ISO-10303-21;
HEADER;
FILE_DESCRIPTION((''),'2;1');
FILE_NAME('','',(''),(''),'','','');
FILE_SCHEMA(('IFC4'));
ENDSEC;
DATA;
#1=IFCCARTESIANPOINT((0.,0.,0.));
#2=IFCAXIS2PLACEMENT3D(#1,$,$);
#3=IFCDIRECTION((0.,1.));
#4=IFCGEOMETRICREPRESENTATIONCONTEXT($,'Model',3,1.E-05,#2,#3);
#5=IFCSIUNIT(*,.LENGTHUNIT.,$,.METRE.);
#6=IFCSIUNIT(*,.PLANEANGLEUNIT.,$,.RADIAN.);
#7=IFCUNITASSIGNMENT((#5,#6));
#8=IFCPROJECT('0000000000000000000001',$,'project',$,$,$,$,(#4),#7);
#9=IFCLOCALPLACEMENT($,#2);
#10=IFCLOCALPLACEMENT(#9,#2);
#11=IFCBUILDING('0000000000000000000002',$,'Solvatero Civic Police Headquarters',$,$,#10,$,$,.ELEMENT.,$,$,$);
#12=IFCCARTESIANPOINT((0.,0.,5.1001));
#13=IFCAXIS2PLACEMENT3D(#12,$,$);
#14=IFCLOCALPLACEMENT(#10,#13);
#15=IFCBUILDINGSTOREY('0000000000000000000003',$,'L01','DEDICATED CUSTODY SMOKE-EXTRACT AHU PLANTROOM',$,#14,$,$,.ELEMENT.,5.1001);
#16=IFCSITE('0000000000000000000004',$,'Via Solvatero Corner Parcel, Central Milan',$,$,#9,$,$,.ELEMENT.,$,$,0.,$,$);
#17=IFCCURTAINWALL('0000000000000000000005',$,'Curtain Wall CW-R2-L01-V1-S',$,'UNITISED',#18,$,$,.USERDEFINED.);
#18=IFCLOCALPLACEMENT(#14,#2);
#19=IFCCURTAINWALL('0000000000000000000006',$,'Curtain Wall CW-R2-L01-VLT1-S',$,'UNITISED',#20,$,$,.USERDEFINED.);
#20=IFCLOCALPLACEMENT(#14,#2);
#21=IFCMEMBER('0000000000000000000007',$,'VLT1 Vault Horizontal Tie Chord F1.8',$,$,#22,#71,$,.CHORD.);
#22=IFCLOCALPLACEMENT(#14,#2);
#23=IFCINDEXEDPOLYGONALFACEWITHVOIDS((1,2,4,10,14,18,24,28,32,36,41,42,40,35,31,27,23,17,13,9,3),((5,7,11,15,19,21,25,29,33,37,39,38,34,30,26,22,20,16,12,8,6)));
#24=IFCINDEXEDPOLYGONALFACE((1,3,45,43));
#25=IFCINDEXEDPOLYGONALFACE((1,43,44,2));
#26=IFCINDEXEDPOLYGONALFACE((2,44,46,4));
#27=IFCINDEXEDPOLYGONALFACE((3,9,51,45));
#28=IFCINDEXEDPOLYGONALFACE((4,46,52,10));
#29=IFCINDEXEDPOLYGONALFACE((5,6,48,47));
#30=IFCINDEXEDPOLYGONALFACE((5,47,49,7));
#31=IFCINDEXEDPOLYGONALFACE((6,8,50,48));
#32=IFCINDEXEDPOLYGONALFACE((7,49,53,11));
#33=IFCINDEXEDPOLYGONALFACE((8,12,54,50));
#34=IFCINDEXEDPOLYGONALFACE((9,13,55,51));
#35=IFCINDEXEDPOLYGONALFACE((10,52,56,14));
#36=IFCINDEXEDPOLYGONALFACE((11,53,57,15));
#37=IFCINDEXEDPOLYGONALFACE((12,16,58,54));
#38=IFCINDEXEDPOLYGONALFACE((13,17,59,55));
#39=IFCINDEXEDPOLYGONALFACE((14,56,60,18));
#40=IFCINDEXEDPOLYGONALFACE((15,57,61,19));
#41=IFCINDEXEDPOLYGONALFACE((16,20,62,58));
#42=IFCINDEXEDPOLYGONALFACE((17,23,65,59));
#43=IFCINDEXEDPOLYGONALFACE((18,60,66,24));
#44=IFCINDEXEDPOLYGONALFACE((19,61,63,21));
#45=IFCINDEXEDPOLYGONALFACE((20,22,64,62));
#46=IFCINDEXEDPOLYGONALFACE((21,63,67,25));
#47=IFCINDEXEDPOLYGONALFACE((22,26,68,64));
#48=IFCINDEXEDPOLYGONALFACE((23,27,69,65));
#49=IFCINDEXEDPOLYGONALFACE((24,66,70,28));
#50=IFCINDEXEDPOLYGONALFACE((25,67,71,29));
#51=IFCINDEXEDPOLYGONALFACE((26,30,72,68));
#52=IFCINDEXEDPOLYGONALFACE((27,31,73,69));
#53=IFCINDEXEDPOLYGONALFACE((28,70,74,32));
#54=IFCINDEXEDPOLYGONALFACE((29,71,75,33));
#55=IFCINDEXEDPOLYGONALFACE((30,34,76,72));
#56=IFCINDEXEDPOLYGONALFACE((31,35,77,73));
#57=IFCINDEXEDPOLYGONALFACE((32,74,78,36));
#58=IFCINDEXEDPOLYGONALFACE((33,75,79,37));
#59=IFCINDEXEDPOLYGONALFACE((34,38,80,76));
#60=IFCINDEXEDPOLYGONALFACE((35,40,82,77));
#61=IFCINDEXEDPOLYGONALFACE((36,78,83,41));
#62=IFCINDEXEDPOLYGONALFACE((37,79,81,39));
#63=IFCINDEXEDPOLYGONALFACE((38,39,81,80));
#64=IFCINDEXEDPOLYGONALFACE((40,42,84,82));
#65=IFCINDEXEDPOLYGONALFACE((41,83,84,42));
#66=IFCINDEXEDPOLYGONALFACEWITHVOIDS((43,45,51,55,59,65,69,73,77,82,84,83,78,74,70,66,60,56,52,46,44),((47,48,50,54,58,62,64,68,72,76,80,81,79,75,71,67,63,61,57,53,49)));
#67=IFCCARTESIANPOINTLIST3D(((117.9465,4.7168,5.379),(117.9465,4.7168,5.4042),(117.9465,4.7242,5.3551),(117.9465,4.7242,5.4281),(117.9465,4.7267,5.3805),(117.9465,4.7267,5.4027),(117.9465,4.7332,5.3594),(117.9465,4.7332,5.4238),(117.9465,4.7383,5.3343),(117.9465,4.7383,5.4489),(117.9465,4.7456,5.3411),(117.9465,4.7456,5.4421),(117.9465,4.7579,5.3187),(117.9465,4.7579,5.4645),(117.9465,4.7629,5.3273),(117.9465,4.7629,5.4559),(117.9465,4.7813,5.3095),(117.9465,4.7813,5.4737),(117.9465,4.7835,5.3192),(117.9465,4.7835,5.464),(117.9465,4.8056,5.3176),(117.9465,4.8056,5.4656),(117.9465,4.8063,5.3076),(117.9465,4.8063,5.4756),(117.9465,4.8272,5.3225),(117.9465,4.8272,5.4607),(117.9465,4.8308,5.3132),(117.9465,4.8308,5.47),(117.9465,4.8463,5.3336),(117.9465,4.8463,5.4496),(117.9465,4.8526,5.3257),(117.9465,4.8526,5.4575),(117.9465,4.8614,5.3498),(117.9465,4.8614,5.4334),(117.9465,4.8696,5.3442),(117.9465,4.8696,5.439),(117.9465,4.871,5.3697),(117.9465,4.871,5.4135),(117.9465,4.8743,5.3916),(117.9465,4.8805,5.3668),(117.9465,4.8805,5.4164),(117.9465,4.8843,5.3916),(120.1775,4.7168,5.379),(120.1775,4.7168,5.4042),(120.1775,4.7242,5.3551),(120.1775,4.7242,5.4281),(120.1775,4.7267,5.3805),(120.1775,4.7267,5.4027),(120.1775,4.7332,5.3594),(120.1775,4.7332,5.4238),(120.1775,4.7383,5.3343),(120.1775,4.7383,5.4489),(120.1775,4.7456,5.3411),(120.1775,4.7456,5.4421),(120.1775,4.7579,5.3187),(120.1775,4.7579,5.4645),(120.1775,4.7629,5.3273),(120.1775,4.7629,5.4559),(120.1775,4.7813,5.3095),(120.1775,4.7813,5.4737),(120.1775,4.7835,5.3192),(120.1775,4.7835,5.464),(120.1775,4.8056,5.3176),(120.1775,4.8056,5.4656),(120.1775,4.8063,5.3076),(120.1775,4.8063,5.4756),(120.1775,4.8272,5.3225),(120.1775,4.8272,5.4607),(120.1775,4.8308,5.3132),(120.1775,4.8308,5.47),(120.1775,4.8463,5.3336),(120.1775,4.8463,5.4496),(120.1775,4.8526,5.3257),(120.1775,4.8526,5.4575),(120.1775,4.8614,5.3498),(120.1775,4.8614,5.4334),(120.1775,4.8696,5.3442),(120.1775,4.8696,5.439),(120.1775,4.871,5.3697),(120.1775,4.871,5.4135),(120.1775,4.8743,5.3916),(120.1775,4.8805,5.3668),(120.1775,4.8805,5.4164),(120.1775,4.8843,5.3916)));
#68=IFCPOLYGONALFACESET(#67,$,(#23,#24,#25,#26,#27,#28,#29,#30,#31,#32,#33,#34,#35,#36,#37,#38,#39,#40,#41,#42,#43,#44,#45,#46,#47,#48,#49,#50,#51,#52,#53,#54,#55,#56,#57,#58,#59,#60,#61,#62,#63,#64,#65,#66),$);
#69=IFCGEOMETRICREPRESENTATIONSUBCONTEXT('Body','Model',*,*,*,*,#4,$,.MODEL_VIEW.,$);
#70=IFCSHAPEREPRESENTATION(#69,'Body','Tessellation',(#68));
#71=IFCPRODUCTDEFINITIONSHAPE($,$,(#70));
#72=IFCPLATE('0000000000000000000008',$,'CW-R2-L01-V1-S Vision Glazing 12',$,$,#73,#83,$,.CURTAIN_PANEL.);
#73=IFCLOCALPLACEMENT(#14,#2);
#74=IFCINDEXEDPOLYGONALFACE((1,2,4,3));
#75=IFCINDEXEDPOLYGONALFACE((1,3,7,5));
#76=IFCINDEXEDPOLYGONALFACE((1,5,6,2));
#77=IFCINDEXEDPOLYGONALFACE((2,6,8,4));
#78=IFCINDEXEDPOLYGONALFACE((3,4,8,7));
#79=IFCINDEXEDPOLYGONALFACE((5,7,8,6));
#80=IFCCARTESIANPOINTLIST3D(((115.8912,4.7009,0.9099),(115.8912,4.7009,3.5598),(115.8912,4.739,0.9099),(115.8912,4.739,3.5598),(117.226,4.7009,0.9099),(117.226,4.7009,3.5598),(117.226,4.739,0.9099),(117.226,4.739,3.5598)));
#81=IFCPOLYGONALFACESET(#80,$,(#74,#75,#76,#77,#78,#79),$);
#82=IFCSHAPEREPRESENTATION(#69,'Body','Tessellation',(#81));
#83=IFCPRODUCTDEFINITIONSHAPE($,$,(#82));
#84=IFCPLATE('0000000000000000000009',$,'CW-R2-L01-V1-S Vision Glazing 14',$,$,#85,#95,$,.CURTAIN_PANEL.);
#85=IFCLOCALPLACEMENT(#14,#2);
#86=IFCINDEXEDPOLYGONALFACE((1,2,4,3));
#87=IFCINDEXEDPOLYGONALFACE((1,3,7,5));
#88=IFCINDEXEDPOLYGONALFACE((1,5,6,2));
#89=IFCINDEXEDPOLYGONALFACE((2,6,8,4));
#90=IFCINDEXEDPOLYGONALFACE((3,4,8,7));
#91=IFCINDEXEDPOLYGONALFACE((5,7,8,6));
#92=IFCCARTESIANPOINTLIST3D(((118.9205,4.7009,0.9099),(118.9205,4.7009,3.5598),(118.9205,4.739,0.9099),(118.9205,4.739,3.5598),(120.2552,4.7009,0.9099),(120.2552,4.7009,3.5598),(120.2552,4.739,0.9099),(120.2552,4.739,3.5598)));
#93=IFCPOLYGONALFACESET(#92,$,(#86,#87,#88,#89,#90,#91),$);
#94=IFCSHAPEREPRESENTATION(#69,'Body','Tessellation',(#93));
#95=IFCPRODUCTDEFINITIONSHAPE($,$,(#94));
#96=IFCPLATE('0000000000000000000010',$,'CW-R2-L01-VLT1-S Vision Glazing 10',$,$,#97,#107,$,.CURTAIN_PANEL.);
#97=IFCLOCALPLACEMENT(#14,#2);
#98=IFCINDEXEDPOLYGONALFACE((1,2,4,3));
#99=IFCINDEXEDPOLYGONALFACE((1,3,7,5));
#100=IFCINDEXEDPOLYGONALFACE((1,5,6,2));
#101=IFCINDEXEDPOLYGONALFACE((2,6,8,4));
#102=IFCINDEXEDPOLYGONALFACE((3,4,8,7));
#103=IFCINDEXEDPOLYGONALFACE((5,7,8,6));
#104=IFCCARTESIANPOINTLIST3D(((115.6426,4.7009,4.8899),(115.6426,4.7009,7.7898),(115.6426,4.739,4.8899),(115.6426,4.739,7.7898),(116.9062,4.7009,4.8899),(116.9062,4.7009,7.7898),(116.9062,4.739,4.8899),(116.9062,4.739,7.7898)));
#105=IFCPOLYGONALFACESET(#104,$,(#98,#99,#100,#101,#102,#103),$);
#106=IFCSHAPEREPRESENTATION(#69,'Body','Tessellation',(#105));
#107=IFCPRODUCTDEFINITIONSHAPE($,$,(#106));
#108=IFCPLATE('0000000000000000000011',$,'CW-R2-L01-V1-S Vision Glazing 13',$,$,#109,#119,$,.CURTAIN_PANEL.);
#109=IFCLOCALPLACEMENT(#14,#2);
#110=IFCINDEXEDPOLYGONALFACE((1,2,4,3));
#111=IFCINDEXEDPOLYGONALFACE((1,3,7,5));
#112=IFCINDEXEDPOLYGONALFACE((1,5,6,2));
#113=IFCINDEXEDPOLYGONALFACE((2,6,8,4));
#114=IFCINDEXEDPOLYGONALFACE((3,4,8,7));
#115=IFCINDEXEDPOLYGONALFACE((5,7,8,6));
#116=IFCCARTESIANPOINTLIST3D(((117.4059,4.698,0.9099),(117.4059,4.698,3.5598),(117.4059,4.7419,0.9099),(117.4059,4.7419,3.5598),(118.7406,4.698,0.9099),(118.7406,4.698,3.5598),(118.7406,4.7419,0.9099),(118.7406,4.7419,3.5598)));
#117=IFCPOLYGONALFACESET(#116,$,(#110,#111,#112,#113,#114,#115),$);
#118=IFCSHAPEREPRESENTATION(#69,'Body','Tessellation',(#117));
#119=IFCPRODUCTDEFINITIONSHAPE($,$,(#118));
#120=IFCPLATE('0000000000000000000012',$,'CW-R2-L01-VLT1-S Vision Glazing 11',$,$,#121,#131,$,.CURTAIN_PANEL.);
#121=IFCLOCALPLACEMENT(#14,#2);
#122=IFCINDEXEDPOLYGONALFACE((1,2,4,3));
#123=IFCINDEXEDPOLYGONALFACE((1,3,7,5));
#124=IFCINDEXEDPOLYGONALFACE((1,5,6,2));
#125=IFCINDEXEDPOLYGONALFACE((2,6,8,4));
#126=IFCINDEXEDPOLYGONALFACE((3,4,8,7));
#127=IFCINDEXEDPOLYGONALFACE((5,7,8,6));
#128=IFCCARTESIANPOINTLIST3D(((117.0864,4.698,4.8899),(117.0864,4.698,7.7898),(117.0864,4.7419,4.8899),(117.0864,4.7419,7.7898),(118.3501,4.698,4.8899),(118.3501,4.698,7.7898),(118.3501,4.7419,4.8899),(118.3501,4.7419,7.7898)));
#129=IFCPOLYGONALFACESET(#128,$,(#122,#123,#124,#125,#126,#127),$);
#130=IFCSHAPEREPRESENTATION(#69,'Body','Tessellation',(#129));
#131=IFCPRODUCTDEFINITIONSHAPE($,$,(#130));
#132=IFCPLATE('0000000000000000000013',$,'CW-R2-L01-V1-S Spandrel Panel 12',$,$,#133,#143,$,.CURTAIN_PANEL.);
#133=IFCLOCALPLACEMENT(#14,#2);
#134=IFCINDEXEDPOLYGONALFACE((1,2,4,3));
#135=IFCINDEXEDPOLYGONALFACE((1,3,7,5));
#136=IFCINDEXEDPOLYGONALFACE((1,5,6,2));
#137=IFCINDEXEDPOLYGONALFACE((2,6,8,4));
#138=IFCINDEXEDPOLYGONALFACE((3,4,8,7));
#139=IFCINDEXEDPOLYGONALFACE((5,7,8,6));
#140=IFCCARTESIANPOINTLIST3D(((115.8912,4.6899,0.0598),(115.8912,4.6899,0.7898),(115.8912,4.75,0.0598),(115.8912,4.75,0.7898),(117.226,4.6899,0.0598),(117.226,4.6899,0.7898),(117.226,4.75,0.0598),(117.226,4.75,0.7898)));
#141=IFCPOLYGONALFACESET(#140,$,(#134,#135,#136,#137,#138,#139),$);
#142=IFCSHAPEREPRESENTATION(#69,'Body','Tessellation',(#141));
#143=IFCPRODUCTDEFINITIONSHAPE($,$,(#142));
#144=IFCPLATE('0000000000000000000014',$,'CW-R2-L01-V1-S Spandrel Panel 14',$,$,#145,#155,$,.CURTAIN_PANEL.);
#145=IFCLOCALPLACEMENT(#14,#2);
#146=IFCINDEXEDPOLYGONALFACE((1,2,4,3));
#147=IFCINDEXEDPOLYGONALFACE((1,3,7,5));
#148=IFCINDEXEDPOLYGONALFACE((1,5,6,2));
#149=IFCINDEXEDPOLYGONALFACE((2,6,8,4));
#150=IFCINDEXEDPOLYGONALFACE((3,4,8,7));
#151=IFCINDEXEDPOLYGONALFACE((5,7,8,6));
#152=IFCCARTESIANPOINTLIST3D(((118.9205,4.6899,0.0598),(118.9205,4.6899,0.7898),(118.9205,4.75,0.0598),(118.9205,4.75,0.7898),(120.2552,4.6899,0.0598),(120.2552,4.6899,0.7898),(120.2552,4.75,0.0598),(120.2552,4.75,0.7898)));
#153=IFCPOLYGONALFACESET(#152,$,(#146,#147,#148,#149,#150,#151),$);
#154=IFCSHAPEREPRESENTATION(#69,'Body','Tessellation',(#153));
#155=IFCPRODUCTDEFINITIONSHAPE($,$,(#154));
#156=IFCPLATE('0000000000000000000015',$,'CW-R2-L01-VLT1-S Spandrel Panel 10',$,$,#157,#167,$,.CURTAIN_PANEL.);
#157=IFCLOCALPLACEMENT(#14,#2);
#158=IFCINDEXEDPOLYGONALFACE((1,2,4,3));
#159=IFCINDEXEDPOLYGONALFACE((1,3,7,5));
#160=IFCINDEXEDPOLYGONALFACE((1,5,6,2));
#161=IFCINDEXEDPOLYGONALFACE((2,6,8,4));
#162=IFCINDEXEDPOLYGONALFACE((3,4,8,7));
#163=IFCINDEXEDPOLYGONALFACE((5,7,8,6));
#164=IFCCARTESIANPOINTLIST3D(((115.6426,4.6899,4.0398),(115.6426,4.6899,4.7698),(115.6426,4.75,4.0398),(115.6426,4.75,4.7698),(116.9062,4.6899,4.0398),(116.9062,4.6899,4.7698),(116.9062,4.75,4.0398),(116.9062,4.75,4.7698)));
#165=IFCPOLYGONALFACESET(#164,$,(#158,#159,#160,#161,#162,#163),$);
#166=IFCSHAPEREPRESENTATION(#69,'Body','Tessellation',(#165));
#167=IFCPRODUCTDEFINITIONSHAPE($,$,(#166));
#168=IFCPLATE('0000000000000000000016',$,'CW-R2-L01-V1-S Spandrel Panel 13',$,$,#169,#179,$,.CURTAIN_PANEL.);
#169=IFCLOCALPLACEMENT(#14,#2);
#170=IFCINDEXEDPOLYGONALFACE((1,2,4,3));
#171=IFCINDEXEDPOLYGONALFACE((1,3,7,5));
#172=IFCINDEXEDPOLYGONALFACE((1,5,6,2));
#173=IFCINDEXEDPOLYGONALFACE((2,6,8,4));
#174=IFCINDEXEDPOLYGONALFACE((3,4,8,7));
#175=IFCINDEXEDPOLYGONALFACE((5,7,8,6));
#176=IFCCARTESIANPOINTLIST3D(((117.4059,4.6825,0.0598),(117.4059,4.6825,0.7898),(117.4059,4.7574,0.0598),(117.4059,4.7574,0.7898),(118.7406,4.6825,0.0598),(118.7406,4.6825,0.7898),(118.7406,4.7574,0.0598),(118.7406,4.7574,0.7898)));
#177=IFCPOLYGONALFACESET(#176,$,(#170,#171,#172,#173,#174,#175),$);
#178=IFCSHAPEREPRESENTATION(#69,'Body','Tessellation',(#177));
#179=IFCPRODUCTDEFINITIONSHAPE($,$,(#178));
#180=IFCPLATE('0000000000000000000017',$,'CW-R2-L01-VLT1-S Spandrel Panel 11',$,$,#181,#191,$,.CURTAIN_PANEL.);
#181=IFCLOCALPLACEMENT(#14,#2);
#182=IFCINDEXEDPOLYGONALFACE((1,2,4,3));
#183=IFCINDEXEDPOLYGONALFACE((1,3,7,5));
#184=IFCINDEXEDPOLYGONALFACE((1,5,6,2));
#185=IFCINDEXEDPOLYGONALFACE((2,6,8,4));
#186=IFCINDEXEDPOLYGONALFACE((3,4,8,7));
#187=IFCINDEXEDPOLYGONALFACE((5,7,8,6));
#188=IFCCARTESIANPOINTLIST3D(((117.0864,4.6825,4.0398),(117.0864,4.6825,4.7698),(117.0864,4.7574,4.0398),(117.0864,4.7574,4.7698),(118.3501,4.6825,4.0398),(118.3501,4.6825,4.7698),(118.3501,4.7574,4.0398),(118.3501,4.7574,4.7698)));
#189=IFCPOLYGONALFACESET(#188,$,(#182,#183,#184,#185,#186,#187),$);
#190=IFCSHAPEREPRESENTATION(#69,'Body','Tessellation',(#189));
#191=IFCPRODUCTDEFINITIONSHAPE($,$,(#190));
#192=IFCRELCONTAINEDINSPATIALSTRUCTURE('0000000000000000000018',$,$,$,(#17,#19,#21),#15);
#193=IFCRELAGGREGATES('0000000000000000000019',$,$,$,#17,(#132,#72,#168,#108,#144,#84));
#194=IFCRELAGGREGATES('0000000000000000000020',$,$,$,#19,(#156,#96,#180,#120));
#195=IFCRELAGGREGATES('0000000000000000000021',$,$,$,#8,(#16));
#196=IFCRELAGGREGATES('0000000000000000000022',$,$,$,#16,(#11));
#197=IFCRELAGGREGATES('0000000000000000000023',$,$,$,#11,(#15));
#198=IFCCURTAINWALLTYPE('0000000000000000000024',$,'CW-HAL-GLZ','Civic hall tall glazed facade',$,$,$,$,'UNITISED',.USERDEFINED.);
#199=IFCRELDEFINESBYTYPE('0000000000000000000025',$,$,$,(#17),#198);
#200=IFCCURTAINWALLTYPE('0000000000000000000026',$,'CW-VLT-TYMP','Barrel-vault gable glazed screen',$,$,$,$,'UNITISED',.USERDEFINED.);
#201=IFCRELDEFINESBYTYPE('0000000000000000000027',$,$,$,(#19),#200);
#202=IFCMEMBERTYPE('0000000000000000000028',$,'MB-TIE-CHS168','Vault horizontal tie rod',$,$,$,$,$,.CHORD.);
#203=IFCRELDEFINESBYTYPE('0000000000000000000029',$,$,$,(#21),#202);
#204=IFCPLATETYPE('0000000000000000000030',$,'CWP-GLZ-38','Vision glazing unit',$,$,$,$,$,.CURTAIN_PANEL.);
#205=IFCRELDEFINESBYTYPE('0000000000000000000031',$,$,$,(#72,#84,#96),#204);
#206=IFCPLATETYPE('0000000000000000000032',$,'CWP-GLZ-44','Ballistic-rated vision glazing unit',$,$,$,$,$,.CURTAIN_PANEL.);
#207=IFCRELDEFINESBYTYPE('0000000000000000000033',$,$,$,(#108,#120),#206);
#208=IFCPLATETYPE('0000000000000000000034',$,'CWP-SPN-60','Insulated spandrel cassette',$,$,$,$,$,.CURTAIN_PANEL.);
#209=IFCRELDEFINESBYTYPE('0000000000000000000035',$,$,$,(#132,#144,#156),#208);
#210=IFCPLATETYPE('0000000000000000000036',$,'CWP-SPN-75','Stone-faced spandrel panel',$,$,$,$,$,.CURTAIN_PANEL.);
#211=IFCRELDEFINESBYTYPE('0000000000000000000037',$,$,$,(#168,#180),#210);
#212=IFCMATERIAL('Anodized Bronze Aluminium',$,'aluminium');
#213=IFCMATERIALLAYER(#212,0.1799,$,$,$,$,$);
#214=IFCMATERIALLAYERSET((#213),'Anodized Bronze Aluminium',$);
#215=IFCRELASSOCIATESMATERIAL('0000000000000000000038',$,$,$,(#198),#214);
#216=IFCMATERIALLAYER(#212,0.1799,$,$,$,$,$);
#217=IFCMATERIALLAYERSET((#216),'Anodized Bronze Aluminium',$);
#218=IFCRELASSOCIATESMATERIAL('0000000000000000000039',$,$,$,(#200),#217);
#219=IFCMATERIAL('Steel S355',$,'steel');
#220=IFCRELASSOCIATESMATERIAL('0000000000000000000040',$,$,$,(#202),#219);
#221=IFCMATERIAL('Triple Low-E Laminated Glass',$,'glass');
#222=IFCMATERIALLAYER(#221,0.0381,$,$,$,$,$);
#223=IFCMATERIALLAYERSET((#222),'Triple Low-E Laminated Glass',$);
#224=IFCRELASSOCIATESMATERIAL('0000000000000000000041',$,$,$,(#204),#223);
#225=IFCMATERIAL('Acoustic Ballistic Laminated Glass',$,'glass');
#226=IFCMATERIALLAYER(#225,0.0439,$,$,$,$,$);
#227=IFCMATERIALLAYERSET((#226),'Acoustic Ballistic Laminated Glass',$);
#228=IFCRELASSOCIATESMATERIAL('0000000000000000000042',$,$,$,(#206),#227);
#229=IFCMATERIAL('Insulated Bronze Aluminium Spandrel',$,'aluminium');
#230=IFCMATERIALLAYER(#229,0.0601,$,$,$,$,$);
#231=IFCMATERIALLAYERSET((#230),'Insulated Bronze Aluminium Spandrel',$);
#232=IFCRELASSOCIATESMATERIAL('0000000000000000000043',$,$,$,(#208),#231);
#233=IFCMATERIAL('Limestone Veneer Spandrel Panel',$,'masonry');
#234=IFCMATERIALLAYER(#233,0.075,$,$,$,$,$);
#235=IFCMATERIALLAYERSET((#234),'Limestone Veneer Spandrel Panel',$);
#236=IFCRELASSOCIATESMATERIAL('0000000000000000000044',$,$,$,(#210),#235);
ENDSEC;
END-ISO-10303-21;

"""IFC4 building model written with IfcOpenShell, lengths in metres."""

from ifc_helpers import new_model, si_unit, direction, frame, origin, origin_2d, place, context, subcontext, project, spatial, rectangle, hollow_circle, extrude, material, layer, layer_set, material_profile, profile_set, type_object, element, aggregate, save


model = new_model("IFC4")

# Units and contexts
model_context = context("Model", 3, precision=1e-05, world=origin(), true_north=direction((0.0, 1.0)))
body_context = subcontext(model_context, "Body", "Model", "MODEL_VIEW")
ifc_project = project(units=[si_unit("LENGTHUNIT", "METRE"), si_unit("PLANEANGLEUNIT", "RADIAN")], contexts=[model_context])

# Site, building, storey
site_placement = place(None, origin())
site = spatial("IfcSite", under=ifc_project, at=site_placement, Name="Via Solvatero Corner Parcel, Central Milan", CompositionType="ELEMENT", RefElevation=0.0)
building_placement = place(site_placement, origin())
building = spatial("IfcBuilding", under=site, at=building_placement, Name="Solvatero Civic Police Headquarters", CompositionType="ELEMENT")
storey_placement = place(building_placement, frame((0.0, 0.0, 5.1001)))
storey = spatial("IfcBuildingStorey", under=building, at=storey_placement, Name="L01", Description="DEDICATED CUSTODY SMOKE-EXTRACT AHU PLANTROOM", CompositionType="ELEMENT", Elevation=5.1001)

# Shared definitions
ifc_material_1 = material(Name="Steel S355", Category="steel")

# Curtain walls
ifc_material_2 = material(Name="Anodized Bronze Aluminium", Category="aluminium")
ifc_layer_1 = layer(ifc_material_2, 0.1799)
ifc_layer_set_1 = layer_set([ifc_layer_1], Name="Anodized Bronze Aluminium")
curtain_wall_type_1 = type_object("IfcCurtainWallType", Name="CW-HAL-GLZ", Description="Civic hall tall glazed facade", ElementType="UNITISED", PredefinedType="USERDEFINED", material=ifc_layer_set_1)
curtain_wall_1_placement = place(storey_placement, origin())
curtain_wall_1 = element("IfcCurtainWall", 1, at=curtain_wall_1_placement, inside=storey, type_object=curtain_wall_type_1, Name="Curtain Wall CW-R2-L01-V1-S", ObjectType="UNITISED", PredefinedType="USERDEFINED")
ifc_layer_2 = layer(ifc_material_2, 0.1799)
ifc_layer_set_2 = layer_set([ifc_layer_2], Name="Anodized Bronze Aluminium")
curtain_wall_type_2 = type_object("IfcCurtainWallType", Name="CW-VLT-TYMP", Description="Barrel-vault gable glazed screen", ElementType="UNITISED", PredefinedType="USERDEFINED", material=ifc_layer_set_2)
curtain_wall_2_placement = place(storey_placement, origin())
curtain_wall_2 = element("IfcCurtainWall", 2, at=curtain_wall_2_placement, inside=storey, type_object=curtain_wall_type_2, Name="Curtain Wall CW-R2-L01-VLT1-S", ObjectType="UNITISED", PredefinedType="USERDEFINED")

# Member
ifc_material_profile_1 = material_profile(ifc_material_1, hollow_circle(Radius=0.0842, WallThickness=0.01, at=origin_2d()), Name="CHS 168.3x10.0")
ifc_profile_set_1 = profile_set([ifc_material_profile_1], Name="Steel S355")
member_type_1 = type_object("IfcMemberType", Name="MB-TIE-CHS168", Description="Vault horizontal tie rod", PredefinedType="CHORD", material=ifc_profile_set_1)
member_1_placement = place(storey_placement, frame((117.9465, 4.8, 5.3916), z_axis=(1.0, 0.0, 0.0), x_axis=(0.0, 1.0, 0.0)))
element("IfcMember", 3, at=member_1_placement, inside=storey, type_object=member_type_1, Name="VLT1 Vault Horizontal Tie Chord F1.8", PredefinedType="CHORD", context=body_context, shape_type="SweptSolid", body=[
    extrude(hollow_circle(Radius=0.0842, WallThickness=0.01, at=origin_2d()), origin(), (0.0, 0.0, 1.0), 2.231),
])

# Plates
ifc_material_3 = material(Name="Triple Low-E Laminated Glass", Category="glass")
ifc_layer_3 = layer(ifc_material_3, 0.0381)
ifc_layer_set_3 = layer_set([ifc_layer_3], Name="Triple Low-E Laminated Glass")
plate_type_1 = type_object("IfcPlateType", Name="CWP-GLZ-38", Description="Vision glazing unit", PredefinedType="CURTAIN_PANEL", material=ifc_layer_set_3)
plate_1_placement = place(storey_placement, frame((116.5586, 4.72, 0.9099), z_axis=(0.0, 0.0, 1.0), x_axis=(1.0, 0.0, 0.0)))
plate_1 = element("IfcPlate", 4, at=plate_1_placement, type_object=plate_type_1, Name="CW-R2-L01-V1-S Vision Glazing 12", PredefinedType="CURTAIN_PANEL", context=body_context, shape_type="SweptSolid", body=[
    extrude(rectangle(XDim=1.3347, YDim=0.0381, at=origin_2d()), origin(), (0.0, 0.0, 1.0), 2.6499),
])
plate_2_placement = place(storey_placement, frame((119.5879, 4.72, 0.9099), z_axis=(0.0, 0.0, 1.0), x_axis=(1.0, 0.0, 0.0)))
plate_2 = element("IfcPlate", 5, at=plate_2_placement, type_object=plate_type_1, Name="CW-R2-L01-V1-S Vision Glazing 14", PredefinedType="CURTAIN_PANEL", context=body_context, shape_type="SweptSolid", body=[
    extrude(rectangle(XDim=1.3347, YDim=0.0381, at=origin_2d()), origin(), (0.0, 0.0, 1.0), 2.6499),
])
plate_3_placement = place(storey_placement, frame((116.2744, 4.72, 4.8899), z_axis=(0.0, 0.0, 1.0), x_axis=(1.0, 0.0, 0.0)))
plate_3 = element("IfcPlate", 6, at=plate_3_placement, type_object=plate_type_1, Name="CW-R2-L01-VLT1-S Vision Glazing 10", PredefinedType="CURTAIN_PANEL", context=body_context, shape_type="SweptSolid", body=[
    extrude(rectangle(XDim=1.2637, YDim=0.0381, at=origin_2d()), origin(), (0.0, 0.0, 1.0), 2.8999),
])
ifc_material_4 = material(Name="Acoustic Ballistic Laminated Glass", Category="glass")
ifc_layer_4 = layer(ifc_material_4, 0.0439)
ifc_layer_set_4 = layer_set([ifc_layer_4], Name="Acoustic Ballistic Laminated Glass")
plate_type_2 = type_object("IfcPlateType", Name="CWP-GLZ-44", Description="Ballistic-rated vision glazing unit", PredefinedType="CURTAIN_PANEL", material=ifc_layer_set_4)
plate_4_placement = place(storey_placement, frame((118.0732, 4.72, 0.9099), z_axis=(0.0, 0.0, 1.0), x_axis=(1.0, 0.0, 0.0)))
plate_4 = element("IfcPlate", 7, at=plate_4_placement, type_object=plate_type_2, Name="CW-R2-L01-V1-S Vision Glazing 13", PredefinedType="CURTAIN_PANEL", context=body_context, shape_type="SweptSolid", body=[
    extrude(rectangle(XDim=1.3347, YDim=0.0439, at=origin_2d()), origin(), (0.0, 0.0, 1.0), 2.6499),
])
plate_5_placement = place(storey_placement, frame((117.7183, 4.72, 4.8899), z_axis=(0.0, 0.0, 1.0), x_axis=(1.0, 0.0, 0.0)))
plate_5 = element("IfcPlate", 8, at=plate_5_placement, type_object=plate_type_2, Name="CW-R2-L01-VLT1-S Vision Glazing 11", PredefinedType="CURTAIN_PANEL", context=body_context, shape_type="SweptSolid", body=[
    extrude(rectangle(XDim=1.2637, YDim=0.0439, at=origin_2d()), origin(), (0.0, 0.0, 1.0), 2.8999),
])
ifc_material_5 = material(Name="Insulated Bronze Aluminium Spandrel", Category="aluminium")
ifc_layer_5 = layer(ifc_material_5, 0.0601)
ifc_layer_set_5 = layer_set([ifc_layer_5], Name="Insulated Bronze Aluminium Spandrel")
plate_type_3 = type_object("IfcPlateType", Name="CWP-SPN-60", Description="Insulated spandrel cassette", PredefinedType="CURTAIN_PANEL", material=ifc_layer_set_5)
plate_6_placement = place(storey_placement, frame((116.5586, 4.72, 0.0598), z_axis=(0.0, 0.0, 1.0), x_axis=(1.0, 0.0, 0.0)))
plate_6 = element("IfcPlate", 9, at=plate_6_placement, type_object=plate_type_3, Name="CW-R2-L01-V1-S Spandrel Panel 12", PredefinedType="CURTAIN_PANEL", context=body_context, shape_type="SweptSolid", body=[
    extrude(rectangle(XDim=1.3347, YDim=0.0601, at=origin_2d()), origin(), (0.0, 0.0, 1.0), 0.73),
])
plate_7_placement = place(storey_placement, frame((119.5879, 4.72, 0.0598), z_axis=(0.0, 0.0, 1.0), x_axis=(1.0, 0.0, 0.0)))
plate_7 = element("IfcPlate", 10, at=plate_7_placement, type_object=plate_type_3, Name="CW-R2-L01-V1-S Spandrel Panel 14", PredefinedType="CURTAIN_PANEL", context=body_context, shape_type="SweptSolid", body=[
    extrude(rectangle(XDim=1.3347, YDim=0.0601, at=origin_2d()), origin(), (0.0, 0.0, 1.0), 0.73),
])
plate_8_placement = place(storey_placement, frame((116.2744, 4.72, 4.0398), z_axis=(0.0, 0.0, 1.0), x_axis=(1.0, 0.0, 0.0)))
plate_8 = element("IfcPlate", 11, at=plate_8_placement, type_object=plate_type_3, Name="CW-R2-L01-VLT1-S Spandrel Panel 10", PredefinedType="CURTAIN_PANEL", context=body_context, shape_type="SweptSolid", body=[
    extrude(rectangle(XDim=1.2637, YDim=0.0601, at=origin_2d()), origin(), (0.0, 0.0, 1.0), 0.73),
])
ifc_material_6 = material(Name="Limestone Veneer Spandrel Panel", Category="masonry")
ifc_layer_6 = layer(ifc_material_6, 0.075)
ifc_layer_set_6 = layer_set([ifc_layer_6], Name="Limestone Veneer Spandrel Panel")
plate_type_4 = type_object("IfcPlateType", Name="CWP-SPN-75", Description="Stone-faced spandrel panel", PredefinedType="CURTAIN_PANEL", material=ifc_layer_set_6)
plate_9_placement = place(storey_placement, frame((118.0732, 4.72, 0.0598), z_axis=(0.0, 0.0, 1.0), x_axis=(1.0, 0.0, 0.0)))
plate_9 = element("IfcPlate", 12, at=plate_9_placement, type_object=plate_type_4, Name="CW-R2-L01-V1-S Spandrel Panel 13", PredefinedType="CURTAIN_PANEL", context=body_context, shape_type="SweptSolid", body=[
    extrude(rectangle(XDim=1.3347, YDim=0.075, at=origin_2d()), origin(), (0.0, 0.0, 1.0), 0.73),
])
aggregate(curtain_wall_1, [plate_6, plate_1, plate_9, plate_4, plate_7, plate_2])
plate_10_placement = place(storey_placement, frame((117.7183, 4.72, 4.0398), z_axis=(0.0, 0.0, 1.0), x_axis=(1.0, 0.0, 0.0)))
plate_10 = element("IfcPlate", 13, at=plate_10_placement, type_object=plate_type_4, Name="CW-R2-L01-VLT1-S Spandrel Panel 11", PredefinedType="CURTAIN_PANEL", context=body_context, shape_type="SweptSolid", body=[
    extrude(rectangle(XDim=1.2637, YDim=0.075, at=origin_2d()), origin(), (0.0, 0.0, 1.0), 0.73),
])
aggregate(curtain_wall_2, [plate_8, plate_3, plate_10, plate_5])

save(model, "model.ifc")
